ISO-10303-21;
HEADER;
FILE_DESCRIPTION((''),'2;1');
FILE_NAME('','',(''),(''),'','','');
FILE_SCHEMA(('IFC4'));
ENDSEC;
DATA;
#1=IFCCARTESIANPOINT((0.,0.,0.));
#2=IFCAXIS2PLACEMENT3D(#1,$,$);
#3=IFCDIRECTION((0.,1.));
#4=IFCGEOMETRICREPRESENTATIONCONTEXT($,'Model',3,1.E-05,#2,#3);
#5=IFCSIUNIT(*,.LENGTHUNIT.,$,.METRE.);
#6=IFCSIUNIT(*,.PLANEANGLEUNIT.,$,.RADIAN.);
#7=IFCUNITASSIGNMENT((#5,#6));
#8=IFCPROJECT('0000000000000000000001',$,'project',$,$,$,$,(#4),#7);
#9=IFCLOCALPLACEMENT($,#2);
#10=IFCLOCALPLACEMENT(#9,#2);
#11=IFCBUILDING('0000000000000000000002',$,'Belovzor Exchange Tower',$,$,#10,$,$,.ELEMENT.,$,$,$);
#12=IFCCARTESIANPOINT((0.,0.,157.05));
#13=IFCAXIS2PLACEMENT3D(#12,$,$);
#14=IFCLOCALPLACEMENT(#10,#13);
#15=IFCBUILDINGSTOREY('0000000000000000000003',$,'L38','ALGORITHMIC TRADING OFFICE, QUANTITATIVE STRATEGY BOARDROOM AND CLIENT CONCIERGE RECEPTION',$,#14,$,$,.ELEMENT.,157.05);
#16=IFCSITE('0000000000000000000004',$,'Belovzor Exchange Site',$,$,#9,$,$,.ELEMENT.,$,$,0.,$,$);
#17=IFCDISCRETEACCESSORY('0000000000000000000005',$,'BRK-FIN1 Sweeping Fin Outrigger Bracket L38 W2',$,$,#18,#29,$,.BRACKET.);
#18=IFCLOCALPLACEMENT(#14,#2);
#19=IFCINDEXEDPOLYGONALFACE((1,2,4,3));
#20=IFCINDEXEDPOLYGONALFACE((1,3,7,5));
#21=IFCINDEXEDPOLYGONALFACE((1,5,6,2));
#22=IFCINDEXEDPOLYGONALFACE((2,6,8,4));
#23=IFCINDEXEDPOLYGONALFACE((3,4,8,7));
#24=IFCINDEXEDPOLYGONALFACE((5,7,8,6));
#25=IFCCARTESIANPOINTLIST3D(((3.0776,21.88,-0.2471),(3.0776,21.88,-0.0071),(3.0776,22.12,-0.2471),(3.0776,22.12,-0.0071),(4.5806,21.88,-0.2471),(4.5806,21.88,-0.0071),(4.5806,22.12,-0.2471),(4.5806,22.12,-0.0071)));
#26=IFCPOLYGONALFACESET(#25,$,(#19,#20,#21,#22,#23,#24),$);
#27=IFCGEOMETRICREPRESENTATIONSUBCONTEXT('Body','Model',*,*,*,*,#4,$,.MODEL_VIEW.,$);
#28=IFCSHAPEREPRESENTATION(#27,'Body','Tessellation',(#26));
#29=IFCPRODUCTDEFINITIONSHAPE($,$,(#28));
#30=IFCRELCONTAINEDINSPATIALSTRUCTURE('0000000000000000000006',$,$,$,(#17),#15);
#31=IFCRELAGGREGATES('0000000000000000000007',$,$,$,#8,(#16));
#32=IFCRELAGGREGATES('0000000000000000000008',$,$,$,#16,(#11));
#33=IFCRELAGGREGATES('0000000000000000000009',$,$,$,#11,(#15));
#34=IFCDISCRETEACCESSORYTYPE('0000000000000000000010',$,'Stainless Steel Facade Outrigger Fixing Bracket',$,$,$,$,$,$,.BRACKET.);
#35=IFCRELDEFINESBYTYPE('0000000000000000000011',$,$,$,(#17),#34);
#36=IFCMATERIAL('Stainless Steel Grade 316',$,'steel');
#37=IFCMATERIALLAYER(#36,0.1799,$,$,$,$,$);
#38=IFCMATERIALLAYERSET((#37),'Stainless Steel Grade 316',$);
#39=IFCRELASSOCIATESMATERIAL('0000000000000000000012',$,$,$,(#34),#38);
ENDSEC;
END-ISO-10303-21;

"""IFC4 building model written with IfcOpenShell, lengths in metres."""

from ifc_helpers import new_model, si_unit, direction, frame, origin, origin_2d, place, context, subcontext, project, spatial, rectangle, extrude, material, layer, layer_set, type_object, element, save


model = new_model("IFC4")

# Units and contexts
model_context = context("Model", 3, precision=1e-05, world=origin(), true_north=direction((0.0, 1.0)))
body_context = subcontext(model_context, "Body", "Model", "MODEL_VIEW")
ifc_project = project(units=[si_unit("LENGTHUNIT", "METRE"), si_unit("PLANEANGLEUNIT", "RADIAN")], contexts=[model_context])

# Site, building, storey
site_placement = place(None, origin())
site = spatial("IfcSite", under=ifc_project, at=site_placement, Name="Belovzor Exchange Site", CompositionType="ELEMENT", RefElevation=0.0)
building_placement = place(site_placement, origin())
building = spatial("IfcBuilding", under=site, at=building_placement, Name="Belovzor Exchange Tower", CompositionType="ELEMENT")
storey_placement = place(building_placement, frame((0.0, 0.0, 157.05)))
storey = spatial("IfcBuildingStorey", under=building, at=storey_placement, Name="L38", Description="ALGORITHMIC TRADING OFFICE, QUANTITATIVE STRATEGY BOARDROOM AND CLIENT CONCIERGE RECEPTION", CompositionType="ELEMENT", Elevation=157.05)

# Discrete accessory
ifc_material_1 = material(Name="Stainless Steel Grade 316", Category="steel")
ifc_layer_1 = layer(ifc_material_1, 0.1799)
ifc_layer_set_1 = layer_set([ifc_layer_1], Name="Stainless Steel Grade 316")
discrete_accessory_type = type_object("IfcDiscreteAccessoryType", Name="Stainless Steel Facade Outrigger Fixing Bracket", PredefinedType="BRACKET", material=ifc_layer_set_1)
for number, where, z_axis, x_axis, name in (
    (1, (3.8291, 22.0, -0.2471), (0.0, 0.0, 1.0), (1.0, 0.0, 0.0), "BRK-FIN1 Sweeping Fin Outrigger Bracket L38 W2"),
):
    element("IfcDiscreteAccessory", number, at=place(storey_placement, frame(where, z_axis=z_axis, x_axis=x_axis)), inside=storey, type_object=discrete_accessory_type, Name=name, PredefinedType="BRACKET", context=body_context, shape_type="SweptSolid", body=[
        extrude(rectangle(XDim=1.5029, YDim=0.24, at=origin_2d()), origin(), (0.0, 0.0, 1.0), 0.24),
    ])

save(model, "model.ifc")
